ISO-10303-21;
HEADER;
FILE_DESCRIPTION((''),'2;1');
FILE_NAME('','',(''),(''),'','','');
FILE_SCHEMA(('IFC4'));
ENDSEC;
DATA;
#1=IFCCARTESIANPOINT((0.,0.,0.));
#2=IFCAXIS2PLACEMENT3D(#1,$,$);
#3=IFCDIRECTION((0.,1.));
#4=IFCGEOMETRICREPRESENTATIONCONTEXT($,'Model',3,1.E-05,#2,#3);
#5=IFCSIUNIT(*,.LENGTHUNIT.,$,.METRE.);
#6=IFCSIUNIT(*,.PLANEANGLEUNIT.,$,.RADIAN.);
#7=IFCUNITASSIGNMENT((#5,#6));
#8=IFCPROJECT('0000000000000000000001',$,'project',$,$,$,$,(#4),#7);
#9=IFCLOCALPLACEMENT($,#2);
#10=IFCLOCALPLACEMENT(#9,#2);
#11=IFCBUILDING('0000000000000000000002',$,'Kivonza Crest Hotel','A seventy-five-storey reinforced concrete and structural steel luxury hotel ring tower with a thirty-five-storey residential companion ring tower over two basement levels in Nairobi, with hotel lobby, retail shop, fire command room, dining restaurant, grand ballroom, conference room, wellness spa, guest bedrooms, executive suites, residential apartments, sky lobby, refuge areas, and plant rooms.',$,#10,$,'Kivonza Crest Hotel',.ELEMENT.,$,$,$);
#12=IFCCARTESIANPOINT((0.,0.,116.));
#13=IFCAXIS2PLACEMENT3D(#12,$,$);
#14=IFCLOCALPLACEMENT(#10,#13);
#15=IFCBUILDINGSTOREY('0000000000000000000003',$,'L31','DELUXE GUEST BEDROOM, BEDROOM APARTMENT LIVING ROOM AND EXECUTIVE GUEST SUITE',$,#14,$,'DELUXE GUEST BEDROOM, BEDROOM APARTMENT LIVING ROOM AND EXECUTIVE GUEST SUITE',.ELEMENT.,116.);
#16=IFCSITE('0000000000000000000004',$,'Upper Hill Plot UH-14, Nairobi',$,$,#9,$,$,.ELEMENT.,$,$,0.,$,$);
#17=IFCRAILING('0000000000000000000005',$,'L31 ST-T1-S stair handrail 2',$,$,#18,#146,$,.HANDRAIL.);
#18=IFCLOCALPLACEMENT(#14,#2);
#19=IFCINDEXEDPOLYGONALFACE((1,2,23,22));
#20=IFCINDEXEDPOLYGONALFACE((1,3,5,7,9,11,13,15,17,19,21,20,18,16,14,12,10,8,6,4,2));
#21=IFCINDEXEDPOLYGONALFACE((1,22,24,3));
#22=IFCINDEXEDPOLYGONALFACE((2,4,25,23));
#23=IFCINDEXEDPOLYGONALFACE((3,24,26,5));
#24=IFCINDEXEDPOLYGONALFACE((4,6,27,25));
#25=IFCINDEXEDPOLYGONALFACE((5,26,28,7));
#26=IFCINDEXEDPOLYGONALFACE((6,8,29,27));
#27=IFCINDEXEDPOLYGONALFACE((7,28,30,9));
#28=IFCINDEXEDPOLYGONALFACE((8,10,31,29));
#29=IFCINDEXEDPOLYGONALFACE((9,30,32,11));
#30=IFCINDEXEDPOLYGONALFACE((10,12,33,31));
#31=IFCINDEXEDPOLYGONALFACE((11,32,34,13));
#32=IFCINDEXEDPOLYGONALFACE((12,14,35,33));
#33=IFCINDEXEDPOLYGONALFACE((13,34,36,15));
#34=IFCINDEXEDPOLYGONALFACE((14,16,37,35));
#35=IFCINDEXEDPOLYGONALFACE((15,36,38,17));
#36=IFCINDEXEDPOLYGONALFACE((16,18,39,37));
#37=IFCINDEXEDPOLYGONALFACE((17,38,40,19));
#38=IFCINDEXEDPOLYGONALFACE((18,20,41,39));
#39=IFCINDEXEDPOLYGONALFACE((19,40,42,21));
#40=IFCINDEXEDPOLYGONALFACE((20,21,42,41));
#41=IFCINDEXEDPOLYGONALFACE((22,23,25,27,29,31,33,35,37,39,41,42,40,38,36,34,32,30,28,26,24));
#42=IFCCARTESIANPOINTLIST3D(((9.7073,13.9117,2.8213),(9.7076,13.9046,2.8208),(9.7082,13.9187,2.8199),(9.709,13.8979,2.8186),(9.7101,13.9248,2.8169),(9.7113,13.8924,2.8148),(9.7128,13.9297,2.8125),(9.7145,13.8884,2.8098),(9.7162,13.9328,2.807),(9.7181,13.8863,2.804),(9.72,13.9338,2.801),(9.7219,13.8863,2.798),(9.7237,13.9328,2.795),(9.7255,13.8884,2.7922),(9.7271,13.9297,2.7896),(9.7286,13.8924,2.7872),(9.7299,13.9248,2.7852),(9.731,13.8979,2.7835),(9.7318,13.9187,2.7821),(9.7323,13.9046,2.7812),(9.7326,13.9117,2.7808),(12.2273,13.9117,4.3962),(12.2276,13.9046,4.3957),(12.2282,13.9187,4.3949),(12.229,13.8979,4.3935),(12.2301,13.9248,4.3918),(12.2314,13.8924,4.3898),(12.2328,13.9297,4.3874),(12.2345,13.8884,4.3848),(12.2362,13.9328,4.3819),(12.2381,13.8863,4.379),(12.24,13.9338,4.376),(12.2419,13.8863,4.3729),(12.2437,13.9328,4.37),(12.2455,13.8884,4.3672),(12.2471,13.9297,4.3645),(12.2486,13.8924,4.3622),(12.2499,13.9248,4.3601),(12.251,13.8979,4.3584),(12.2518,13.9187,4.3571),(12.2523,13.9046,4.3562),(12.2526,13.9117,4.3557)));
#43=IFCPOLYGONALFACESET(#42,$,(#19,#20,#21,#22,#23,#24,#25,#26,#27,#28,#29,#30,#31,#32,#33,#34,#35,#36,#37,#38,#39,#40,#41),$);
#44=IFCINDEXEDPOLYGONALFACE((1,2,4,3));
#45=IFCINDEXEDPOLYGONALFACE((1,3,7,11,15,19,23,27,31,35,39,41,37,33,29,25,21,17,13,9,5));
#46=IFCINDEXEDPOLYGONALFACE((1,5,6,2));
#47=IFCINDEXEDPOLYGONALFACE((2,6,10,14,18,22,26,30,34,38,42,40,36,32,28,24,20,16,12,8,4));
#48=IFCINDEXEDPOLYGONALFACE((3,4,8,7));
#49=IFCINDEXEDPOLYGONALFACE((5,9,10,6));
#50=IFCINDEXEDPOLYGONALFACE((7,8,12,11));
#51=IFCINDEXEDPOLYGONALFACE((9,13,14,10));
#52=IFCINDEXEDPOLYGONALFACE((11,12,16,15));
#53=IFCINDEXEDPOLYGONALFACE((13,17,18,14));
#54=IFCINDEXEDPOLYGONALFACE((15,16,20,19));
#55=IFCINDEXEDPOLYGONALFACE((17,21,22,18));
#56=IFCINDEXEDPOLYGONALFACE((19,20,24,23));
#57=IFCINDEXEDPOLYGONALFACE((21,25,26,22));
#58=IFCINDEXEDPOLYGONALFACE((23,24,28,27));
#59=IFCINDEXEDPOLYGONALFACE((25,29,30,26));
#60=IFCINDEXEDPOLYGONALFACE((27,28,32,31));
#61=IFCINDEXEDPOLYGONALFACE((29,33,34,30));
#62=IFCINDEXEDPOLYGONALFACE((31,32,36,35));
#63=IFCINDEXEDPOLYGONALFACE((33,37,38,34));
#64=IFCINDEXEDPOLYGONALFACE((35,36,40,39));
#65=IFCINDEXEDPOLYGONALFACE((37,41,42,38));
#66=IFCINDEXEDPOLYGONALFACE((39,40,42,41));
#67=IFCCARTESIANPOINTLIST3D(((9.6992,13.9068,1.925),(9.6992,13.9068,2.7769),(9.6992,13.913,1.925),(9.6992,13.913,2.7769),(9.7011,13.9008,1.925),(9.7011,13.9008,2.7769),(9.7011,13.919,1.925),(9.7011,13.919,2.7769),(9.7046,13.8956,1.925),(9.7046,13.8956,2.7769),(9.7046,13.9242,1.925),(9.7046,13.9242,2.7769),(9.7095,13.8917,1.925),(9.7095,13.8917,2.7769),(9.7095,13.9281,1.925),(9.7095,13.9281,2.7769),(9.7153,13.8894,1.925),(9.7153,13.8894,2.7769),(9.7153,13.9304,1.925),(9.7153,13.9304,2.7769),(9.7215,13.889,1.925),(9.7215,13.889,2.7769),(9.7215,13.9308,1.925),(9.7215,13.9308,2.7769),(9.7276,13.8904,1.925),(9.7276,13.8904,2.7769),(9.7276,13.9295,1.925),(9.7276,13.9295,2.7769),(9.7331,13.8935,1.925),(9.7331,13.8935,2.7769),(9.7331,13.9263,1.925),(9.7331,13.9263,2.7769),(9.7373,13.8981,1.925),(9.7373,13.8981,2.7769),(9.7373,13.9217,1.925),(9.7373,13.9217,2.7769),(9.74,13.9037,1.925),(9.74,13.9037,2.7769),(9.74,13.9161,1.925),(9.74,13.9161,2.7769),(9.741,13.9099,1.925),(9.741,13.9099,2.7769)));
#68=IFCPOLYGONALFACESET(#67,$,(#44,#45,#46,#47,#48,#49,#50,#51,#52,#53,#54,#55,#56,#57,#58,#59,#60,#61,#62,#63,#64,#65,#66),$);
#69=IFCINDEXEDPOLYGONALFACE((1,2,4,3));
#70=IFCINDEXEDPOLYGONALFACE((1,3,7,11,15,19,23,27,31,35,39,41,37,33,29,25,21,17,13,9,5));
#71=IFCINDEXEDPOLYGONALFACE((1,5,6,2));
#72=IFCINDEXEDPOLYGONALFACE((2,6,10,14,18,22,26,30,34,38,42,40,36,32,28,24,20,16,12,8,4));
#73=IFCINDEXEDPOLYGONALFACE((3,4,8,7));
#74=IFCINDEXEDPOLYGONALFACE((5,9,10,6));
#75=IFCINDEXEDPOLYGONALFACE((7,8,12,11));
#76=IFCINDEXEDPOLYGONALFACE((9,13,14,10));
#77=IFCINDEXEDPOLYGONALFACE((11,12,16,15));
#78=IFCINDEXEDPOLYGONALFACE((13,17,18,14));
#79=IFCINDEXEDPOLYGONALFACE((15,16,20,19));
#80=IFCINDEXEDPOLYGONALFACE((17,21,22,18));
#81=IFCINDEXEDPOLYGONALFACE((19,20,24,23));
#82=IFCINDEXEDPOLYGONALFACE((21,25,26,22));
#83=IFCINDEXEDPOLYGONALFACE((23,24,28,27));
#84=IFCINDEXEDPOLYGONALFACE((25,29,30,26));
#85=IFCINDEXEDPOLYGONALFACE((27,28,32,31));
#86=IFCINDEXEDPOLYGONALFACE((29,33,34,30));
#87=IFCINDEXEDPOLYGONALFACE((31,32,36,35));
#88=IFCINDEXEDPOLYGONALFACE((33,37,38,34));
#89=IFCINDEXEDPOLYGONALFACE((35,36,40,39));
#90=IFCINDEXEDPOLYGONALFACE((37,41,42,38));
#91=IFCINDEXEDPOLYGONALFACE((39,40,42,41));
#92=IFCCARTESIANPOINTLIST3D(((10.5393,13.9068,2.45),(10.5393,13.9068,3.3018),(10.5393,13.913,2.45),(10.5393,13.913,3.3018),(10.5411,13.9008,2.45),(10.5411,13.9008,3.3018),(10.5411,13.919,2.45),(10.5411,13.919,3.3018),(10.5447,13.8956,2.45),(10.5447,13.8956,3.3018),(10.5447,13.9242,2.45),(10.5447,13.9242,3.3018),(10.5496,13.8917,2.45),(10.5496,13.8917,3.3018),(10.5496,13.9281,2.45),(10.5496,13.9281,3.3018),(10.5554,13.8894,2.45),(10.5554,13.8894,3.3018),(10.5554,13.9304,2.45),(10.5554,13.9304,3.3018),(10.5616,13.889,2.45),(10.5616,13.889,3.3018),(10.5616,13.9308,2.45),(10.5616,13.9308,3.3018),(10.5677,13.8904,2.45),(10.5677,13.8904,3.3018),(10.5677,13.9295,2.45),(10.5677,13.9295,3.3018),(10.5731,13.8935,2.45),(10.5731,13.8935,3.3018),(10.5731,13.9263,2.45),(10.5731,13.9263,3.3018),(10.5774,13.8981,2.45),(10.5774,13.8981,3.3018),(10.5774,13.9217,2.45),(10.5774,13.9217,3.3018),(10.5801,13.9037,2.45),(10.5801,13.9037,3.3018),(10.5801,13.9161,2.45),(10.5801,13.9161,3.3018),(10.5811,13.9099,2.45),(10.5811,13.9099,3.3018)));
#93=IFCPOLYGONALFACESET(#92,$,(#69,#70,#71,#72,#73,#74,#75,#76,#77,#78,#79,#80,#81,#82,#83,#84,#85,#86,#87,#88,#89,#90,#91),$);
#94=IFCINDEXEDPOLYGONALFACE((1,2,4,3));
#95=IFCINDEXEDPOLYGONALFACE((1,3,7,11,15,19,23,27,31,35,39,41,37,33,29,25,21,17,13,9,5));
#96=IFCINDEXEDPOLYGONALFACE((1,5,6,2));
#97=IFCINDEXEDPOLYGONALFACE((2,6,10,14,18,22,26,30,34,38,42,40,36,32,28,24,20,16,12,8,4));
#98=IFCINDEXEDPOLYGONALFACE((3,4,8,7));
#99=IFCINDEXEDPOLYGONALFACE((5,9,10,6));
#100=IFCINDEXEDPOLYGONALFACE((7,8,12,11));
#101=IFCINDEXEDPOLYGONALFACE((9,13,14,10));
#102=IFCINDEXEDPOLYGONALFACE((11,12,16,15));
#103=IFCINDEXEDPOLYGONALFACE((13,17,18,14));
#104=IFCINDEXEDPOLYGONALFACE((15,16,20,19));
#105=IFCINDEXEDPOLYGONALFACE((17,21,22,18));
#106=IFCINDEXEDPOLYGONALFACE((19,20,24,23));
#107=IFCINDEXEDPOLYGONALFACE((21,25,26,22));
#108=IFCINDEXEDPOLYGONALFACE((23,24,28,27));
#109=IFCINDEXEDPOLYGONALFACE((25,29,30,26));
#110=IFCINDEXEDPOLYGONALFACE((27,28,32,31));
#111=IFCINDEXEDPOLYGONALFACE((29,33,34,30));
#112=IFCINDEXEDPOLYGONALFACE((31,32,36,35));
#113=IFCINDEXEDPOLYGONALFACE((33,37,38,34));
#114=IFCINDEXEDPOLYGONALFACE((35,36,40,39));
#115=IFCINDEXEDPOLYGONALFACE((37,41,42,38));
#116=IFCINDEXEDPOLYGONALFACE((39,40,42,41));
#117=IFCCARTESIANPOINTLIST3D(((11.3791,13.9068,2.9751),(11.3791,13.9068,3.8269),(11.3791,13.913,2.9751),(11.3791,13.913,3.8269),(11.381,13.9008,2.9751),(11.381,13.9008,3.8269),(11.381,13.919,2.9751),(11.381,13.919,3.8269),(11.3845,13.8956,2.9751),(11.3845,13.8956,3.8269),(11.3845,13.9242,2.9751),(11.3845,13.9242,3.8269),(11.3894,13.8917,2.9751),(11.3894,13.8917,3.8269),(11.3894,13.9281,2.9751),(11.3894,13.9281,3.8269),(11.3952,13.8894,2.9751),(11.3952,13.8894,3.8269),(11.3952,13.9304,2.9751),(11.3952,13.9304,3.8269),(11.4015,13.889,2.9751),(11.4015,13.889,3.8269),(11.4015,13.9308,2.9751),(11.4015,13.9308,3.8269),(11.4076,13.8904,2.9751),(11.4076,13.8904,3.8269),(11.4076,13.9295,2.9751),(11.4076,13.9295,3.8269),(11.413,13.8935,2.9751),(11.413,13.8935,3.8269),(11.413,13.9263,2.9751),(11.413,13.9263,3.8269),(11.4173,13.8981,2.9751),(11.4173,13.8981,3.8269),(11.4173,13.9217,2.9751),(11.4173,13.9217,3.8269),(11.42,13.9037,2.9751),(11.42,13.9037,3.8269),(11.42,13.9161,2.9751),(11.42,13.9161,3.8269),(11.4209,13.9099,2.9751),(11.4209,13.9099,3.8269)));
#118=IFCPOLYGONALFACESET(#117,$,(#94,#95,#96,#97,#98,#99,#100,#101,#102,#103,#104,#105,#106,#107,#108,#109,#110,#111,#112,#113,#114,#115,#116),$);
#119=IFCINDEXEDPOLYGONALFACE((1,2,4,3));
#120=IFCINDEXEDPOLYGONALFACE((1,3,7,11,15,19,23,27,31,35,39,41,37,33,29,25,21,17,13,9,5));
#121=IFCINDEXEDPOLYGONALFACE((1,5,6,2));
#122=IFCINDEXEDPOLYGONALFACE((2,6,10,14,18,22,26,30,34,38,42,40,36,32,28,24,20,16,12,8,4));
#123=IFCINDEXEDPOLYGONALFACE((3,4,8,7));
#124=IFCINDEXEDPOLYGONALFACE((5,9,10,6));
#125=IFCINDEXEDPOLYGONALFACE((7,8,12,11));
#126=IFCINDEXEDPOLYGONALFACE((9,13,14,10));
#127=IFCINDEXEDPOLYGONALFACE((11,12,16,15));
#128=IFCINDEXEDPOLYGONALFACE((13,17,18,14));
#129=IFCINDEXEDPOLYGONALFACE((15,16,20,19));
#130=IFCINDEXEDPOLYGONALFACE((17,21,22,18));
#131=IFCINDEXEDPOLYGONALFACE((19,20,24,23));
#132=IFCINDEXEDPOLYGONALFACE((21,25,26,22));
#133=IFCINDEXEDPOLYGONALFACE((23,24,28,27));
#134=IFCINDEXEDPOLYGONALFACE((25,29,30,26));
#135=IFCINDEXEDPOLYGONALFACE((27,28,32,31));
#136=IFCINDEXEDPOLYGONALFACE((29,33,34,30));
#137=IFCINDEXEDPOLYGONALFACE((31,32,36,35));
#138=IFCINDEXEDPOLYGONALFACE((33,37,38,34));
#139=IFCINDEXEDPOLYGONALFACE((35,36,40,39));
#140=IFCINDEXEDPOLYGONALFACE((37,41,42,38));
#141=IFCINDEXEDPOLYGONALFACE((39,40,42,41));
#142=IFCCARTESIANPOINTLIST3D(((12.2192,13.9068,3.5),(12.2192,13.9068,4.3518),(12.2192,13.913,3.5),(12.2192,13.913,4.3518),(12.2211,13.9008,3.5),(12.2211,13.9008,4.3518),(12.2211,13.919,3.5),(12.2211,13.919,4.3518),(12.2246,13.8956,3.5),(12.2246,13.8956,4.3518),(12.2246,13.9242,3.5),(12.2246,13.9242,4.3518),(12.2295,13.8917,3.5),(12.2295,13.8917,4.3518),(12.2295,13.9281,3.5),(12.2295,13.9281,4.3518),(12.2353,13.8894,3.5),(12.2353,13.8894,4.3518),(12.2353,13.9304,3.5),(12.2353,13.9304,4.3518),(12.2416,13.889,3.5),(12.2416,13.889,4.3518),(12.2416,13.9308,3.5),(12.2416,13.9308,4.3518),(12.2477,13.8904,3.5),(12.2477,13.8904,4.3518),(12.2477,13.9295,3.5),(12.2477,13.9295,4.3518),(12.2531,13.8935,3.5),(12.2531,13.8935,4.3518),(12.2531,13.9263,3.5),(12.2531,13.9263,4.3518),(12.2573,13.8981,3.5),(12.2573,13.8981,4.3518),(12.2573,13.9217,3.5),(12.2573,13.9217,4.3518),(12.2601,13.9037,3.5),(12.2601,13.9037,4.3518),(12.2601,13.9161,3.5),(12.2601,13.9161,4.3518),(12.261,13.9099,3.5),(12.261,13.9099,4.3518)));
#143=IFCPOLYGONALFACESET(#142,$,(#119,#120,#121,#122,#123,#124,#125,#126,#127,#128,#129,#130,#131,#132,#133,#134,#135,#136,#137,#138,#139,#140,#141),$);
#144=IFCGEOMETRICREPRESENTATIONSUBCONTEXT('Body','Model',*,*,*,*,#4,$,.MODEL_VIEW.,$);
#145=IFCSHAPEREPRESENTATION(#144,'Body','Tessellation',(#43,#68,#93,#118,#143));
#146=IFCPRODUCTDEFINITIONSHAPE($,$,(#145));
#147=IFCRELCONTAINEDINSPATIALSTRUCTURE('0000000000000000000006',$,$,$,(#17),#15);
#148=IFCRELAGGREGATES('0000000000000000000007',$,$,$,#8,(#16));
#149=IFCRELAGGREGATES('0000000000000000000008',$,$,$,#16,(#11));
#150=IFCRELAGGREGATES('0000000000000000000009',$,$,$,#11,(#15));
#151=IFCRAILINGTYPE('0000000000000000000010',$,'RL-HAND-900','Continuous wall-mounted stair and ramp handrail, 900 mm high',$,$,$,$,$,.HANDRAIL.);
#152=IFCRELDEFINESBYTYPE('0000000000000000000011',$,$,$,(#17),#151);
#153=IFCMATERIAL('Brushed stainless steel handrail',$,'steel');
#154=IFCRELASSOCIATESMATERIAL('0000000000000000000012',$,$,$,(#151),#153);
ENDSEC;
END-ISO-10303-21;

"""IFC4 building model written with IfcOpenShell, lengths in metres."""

from ifc_helpers import new_model, si_unit, direction, frame, origin, origin_2d, place, context, subcontext, project, spatial, circle, extrude, material, type_object, element, save


model = new_model("IFC4")

# Units and contexts
model_context = context("Model", 3, precision=1e-05, world=origin(), true_north=direction((0.0, 1.0)))
body_context = subcontext(model_context, "Body", "Model", "MODEL_VIEW")
ifc_project = project(units=[si_unit("LENGTHUNIT", "METRE"), si_unit("PLANEANGLEUNIT", "RADIAN")], contexts=[model_context])

# Site, building, storey
site_placement = place(None, origin())
site = spatial("IfcSite", under=ifc_project, at=site_placement, Name="Upper Hill Plot UH-14, Nairobi", CompositionType="ELEMENT", RefElevation=0.0)
building_placement = place(site_placement, origin())
building = spatial("IfcBuilding", under=site, at=building_placement, Name="Kivonza Crest Hotel", Description="A seventy-five-storey reinforced concrete and structural steel luxury hotel ring tower with a thirty-five-storey residential companion ring tower over two basement levels in Nairobi, with hotel lobby, retail shop, fire command room, dining restaurant, grand ballroom, conference room, wellness spa, guest bedrooms, executive suites, residential apartments, sky lobby, refuge areas, and plant rooms.", LongName="Kivonza Crest Hotel", CompositionType="ELEMENT")
storey_placement = place(building_placement, frame((0.0, 0.0, 116.0)))
storey = spatial("IfcBuildingStorey", under=building, at=storey_placement, Name="L31", Description="DELUXE GUEST BEDROOM, BEDROOM APARTMENT LIVING ROOM AND EXECUTIVE GUEST SUITE", LongName="DELUXE GUEST BEDROOM, BEDROOM APARTMENT LIVING ROOM AND EXECUTIVE GUEST SUITE", CompositionType="ELEMENT", Elevation=116.0)

# Railing
ifc_material_1 = material(Name="Brushed stainless steel handrail", Category="steel")
railing_type_1 = type_object("IfcRailingType", Name="RL-HAND-900", Description="Continuous wall-mounted stair and ramp handrail, 900 mm high", PredefinedType="HANDRAIL", material=ifc_material_1)
railing_1_placement = place(storey_placement, frame((9.72, 13.9099, 1.925)))
element("IfcRailing", 1, at=railing_1_placement, inside=storey, type_object=railing_type_1, Name="L31 ST-T1-S stair handrail 2", PredefinedType="HANDRAIL", context=body_context, shape_type="SweptSolid", body=[
    extrude(circle(Radius=0.0239, at=origin_2d()), frame((0.0, 0.0, 0.876), z_axis=(0.848008, 0.0, 0.529984), x_axis=(0.0, 1.0, 0.0)), (0.0, 0.0, 1.0), 2.9717),
    extrude(circle(Radius=0.021, at=origin_2d()), origin(), (0.0, 0.0, 1.0), 0.8518),
    extrude(circle(Radius=0.021, at=origin_2d()), frame((0.8401, 0.0, 0.5249)), (0.0, 0.0, 1.0), 0.8518),
    extrude(circle(Radius=0.021, at=origin_2d()), frame((1.6799, 0.0, 1.05)), (0.0, 0.0, 1.0), 0.8518),
    extrude(circle(Radius=0.021, at=origin_2d()), frame((2.52, 0.0, 1.575)), (0.0, 0.0, 1.0), 0.8518),
])

save(model, "model.ifc")
